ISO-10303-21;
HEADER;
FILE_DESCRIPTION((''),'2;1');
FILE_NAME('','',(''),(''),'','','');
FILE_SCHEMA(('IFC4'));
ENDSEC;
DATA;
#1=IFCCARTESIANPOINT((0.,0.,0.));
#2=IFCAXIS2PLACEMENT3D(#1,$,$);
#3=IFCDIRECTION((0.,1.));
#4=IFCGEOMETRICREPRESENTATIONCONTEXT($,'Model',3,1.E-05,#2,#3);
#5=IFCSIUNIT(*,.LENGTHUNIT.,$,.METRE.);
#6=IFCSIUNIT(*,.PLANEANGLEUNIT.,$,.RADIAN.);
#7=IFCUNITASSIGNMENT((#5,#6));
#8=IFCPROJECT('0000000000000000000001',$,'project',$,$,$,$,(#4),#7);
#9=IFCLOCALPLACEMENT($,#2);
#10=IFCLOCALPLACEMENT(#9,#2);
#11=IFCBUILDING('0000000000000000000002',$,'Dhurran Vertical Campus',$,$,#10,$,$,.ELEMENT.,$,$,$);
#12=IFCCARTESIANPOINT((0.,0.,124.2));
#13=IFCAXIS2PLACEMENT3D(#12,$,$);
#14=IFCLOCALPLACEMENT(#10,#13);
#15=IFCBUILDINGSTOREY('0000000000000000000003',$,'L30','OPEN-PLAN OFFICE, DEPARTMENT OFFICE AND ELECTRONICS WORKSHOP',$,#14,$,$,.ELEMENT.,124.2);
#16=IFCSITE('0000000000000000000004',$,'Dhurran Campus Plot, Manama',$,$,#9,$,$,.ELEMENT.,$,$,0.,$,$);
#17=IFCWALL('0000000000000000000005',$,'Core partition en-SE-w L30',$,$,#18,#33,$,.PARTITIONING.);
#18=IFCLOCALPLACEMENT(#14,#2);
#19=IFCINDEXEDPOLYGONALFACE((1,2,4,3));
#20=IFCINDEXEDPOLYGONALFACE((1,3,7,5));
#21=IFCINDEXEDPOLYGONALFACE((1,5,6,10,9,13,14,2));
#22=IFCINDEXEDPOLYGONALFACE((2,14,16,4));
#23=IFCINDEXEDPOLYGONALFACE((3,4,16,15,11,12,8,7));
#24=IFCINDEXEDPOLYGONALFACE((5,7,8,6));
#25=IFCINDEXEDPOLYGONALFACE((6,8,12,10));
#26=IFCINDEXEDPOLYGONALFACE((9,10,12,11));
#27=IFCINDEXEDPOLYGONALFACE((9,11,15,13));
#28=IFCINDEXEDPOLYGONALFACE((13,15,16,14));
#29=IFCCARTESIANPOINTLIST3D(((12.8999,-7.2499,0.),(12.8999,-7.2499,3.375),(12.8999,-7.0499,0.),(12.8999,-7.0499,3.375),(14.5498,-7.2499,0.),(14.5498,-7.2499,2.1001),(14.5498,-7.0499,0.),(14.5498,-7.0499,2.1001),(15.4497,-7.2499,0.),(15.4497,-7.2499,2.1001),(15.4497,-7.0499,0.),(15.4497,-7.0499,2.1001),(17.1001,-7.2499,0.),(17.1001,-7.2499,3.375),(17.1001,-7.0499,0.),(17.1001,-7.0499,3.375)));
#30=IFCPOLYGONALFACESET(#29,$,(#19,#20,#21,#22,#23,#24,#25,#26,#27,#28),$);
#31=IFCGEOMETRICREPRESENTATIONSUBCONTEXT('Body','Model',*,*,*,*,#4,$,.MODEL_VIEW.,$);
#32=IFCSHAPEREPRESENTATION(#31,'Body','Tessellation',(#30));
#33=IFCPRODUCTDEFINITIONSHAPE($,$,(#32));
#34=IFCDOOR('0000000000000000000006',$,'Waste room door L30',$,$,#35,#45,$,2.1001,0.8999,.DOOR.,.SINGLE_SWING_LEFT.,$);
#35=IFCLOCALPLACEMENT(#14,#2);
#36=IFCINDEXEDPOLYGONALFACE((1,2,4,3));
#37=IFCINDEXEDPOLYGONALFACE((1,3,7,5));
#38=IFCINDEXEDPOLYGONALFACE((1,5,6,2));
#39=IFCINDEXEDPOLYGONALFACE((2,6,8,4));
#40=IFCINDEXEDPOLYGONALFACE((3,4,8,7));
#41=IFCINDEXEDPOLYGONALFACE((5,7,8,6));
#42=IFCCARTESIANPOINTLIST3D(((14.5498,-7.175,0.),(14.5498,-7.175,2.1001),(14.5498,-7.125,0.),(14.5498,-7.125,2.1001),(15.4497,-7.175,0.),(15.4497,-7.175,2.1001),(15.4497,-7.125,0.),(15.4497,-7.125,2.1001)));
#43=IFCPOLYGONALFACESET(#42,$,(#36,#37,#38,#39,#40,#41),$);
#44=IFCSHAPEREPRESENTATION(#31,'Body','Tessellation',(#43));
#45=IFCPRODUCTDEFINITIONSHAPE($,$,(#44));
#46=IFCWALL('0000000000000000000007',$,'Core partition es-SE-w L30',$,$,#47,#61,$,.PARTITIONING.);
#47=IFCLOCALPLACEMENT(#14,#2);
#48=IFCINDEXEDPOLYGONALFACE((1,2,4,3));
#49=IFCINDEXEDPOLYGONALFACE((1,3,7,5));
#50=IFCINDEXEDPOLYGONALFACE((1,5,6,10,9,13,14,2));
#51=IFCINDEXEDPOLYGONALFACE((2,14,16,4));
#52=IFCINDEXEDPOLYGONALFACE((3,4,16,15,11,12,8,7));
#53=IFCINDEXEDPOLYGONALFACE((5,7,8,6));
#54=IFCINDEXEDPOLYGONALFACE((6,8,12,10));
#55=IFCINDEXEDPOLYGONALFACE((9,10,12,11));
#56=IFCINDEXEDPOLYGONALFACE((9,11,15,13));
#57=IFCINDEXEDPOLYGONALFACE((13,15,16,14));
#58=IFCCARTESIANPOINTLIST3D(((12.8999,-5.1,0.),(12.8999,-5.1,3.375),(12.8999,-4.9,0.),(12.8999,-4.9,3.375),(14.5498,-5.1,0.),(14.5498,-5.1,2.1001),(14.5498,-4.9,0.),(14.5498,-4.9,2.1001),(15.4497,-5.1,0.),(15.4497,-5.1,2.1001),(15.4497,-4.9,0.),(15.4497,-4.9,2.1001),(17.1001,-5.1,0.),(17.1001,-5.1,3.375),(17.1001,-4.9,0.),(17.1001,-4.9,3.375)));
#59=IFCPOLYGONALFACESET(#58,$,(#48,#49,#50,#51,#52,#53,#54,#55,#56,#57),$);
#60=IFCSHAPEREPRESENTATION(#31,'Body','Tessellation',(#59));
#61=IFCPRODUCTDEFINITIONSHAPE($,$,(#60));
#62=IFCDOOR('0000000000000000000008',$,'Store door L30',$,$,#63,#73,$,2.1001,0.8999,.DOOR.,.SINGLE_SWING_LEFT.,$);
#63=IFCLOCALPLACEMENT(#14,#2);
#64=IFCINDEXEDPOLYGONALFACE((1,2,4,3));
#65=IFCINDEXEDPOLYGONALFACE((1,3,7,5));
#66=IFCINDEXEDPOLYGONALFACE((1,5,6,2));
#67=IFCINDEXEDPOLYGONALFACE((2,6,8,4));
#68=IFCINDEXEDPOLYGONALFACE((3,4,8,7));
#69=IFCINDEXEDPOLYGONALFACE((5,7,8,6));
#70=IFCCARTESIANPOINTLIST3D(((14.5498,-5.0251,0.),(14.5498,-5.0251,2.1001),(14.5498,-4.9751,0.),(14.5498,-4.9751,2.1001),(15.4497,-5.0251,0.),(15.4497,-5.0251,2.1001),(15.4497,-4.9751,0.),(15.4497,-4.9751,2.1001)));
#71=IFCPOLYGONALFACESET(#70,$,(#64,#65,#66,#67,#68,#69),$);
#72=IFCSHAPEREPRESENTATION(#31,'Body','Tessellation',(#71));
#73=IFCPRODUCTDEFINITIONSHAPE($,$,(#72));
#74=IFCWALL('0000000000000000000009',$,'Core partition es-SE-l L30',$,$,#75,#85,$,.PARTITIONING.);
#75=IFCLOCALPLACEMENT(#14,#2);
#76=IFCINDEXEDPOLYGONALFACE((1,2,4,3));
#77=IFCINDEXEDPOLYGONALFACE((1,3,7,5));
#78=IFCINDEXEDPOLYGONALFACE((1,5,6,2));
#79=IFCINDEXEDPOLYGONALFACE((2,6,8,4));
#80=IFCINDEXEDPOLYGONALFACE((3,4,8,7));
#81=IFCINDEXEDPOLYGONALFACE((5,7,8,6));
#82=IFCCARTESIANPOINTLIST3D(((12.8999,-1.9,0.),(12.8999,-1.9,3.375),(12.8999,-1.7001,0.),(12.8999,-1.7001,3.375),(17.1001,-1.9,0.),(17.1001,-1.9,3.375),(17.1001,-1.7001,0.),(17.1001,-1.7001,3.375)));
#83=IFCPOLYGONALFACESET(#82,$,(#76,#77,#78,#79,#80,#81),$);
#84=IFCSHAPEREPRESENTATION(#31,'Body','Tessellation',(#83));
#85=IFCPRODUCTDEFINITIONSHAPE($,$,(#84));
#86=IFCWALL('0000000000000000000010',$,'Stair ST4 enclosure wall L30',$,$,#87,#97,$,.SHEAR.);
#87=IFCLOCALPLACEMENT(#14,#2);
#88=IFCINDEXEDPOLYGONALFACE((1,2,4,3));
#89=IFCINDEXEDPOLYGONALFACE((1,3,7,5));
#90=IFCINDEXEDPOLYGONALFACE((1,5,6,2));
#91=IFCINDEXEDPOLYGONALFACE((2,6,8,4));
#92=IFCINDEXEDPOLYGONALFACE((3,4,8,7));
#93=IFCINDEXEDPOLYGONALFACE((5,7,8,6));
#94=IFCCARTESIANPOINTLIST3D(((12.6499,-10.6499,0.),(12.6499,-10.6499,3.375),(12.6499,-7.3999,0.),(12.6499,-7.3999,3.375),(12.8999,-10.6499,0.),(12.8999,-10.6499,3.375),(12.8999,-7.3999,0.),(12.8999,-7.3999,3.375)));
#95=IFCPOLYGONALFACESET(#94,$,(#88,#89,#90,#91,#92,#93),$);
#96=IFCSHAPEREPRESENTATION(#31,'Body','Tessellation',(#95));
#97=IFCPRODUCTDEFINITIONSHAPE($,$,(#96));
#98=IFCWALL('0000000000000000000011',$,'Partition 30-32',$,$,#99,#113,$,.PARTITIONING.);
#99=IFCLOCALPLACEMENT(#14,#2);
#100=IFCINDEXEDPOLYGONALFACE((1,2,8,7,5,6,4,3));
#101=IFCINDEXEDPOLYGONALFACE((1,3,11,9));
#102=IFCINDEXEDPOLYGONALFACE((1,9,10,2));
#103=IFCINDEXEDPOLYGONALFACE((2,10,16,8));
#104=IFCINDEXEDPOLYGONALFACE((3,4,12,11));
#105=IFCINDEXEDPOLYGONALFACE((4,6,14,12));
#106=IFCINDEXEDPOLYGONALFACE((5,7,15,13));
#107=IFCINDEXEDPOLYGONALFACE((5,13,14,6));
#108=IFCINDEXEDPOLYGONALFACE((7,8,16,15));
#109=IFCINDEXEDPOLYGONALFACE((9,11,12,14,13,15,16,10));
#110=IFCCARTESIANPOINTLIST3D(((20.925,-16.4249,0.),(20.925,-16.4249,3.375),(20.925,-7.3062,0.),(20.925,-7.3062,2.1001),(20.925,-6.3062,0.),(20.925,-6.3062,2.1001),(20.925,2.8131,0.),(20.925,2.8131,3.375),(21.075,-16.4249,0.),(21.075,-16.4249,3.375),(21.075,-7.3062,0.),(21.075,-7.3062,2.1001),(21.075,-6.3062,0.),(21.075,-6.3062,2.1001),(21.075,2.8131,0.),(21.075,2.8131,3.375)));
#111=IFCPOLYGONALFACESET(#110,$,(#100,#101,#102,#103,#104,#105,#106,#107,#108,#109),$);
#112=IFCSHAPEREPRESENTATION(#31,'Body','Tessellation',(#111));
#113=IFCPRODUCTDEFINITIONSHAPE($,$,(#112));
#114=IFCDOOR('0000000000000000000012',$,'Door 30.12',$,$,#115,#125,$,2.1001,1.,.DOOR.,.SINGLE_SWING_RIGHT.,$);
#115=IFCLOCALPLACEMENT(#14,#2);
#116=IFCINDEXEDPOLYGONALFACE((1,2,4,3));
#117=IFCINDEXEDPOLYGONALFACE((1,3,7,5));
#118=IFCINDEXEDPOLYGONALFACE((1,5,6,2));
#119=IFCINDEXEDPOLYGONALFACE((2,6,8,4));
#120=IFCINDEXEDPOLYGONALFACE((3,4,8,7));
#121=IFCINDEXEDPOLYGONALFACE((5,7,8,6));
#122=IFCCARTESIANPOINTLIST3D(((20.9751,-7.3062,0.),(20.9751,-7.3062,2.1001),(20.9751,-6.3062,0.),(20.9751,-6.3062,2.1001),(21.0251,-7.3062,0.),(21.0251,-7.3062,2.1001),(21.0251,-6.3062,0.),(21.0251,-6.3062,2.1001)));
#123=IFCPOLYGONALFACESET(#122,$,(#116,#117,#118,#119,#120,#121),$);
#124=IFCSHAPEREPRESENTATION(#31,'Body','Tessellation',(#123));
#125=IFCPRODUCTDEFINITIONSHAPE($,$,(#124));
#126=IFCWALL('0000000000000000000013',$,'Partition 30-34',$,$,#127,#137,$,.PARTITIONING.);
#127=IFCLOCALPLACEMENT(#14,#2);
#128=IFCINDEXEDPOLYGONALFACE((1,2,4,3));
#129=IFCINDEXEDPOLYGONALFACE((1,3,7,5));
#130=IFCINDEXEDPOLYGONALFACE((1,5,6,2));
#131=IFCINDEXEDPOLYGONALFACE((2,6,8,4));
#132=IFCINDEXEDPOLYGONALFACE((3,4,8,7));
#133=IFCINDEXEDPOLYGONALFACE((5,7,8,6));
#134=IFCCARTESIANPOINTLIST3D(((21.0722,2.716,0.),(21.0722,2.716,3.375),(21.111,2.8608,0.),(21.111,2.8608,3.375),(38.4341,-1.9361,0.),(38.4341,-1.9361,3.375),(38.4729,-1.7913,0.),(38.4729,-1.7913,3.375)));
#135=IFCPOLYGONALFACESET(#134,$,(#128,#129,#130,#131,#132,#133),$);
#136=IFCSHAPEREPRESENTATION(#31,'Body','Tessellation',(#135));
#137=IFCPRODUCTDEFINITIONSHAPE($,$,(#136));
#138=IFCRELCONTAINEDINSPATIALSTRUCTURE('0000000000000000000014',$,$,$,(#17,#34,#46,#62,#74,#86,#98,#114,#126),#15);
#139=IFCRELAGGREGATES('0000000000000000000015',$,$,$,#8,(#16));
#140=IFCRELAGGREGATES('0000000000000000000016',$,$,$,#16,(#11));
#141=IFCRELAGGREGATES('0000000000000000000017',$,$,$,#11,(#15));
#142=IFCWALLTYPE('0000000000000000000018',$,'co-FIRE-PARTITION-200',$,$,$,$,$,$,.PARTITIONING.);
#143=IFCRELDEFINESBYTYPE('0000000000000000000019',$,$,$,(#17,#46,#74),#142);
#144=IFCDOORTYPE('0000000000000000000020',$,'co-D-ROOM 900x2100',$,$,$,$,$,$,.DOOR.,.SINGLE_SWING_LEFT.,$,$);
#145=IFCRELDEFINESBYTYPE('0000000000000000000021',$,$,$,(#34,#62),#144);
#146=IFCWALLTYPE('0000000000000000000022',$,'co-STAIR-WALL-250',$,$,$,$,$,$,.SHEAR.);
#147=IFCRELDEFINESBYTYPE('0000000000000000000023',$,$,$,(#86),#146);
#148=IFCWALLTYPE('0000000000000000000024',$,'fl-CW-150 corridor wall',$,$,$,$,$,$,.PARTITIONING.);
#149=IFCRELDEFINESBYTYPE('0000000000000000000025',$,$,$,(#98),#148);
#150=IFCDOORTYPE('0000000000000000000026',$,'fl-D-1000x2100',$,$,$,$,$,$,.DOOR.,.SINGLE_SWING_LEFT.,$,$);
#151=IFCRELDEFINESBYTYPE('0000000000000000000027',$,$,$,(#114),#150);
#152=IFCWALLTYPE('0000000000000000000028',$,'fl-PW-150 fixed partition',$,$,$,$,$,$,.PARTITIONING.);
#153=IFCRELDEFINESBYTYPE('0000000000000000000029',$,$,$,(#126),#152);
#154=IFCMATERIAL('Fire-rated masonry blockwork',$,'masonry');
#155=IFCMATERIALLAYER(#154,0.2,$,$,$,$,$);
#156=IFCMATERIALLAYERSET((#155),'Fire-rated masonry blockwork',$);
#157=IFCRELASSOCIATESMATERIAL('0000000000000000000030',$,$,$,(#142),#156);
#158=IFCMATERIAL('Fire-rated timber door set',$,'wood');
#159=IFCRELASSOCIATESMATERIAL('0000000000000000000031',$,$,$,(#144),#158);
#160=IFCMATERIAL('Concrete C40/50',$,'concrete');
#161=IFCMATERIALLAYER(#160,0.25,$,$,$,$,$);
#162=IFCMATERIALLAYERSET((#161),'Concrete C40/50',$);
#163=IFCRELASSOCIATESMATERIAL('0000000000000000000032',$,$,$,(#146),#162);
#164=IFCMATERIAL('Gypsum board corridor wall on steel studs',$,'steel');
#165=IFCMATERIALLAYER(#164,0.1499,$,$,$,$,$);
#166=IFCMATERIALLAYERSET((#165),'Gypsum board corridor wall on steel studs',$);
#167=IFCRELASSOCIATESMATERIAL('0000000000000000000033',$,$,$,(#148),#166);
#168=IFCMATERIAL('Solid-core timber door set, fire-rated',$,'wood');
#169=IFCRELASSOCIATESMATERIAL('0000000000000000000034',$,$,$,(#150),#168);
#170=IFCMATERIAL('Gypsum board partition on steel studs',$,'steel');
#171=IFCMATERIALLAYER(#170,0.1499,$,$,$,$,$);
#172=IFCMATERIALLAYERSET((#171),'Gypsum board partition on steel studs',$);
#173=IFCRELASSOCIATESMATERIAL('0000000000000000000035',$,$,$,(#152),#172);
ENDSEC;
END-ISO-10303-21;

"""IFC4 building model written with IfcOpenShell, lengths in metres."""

from ifc_helpers import new_model, si_unit, direction, frame, frame_2d, origin, place, context, subcontext, project, spatial, rectangle, extrude, material, layer, layer_set, type_object, element, fill, save


model = new_model("IFC4")

# Units and contexts
model_context = context("Model", 3, precision=1e-05, world=origin(), true_north=direction((0.0, 1.0)))
body_context = subcontext(model_context, "Body", "Model", "MODEL_VIEW")
ifc_project = project(units=[si_unit("LENGTHUNIT", "METRE"), si_unit("PLANEANGLEUNIT", "RADIAN")], contexts=[model_context])

# Site, building, storey
site_placement = place(None, origin())
site = spatial("IfcSite", under=ifc_project, at=site_placement, Name="Dhurran Campus Plot, Manama", CompositionType="ELEMENT", RefElevation=0.0)
building_placement = place(site_placement, origin())
building = spatial("IfcBuilding", under=site, at=building_placement, Name="Dhurran Vertical Campus", CompositionType="ELEMENT")
storey_placement = place(building_placement, frame((0.0, 0.0, 124.2)))
storey = spatial("IfcBuildingStorey", under=building, at=storey_placement, Name="L30", Description="OPEN-PLAN OFFICE, DEPARTMENT OFFICE AND ELECTRONICS WORKSHOP", CompositionType="ELEMENT", Elevation=124.2)

# Shared definitions
ifc_material_1 = material(Name="Fire-rated masonry blockwork", Category="masonry")
ifc_layer_1 = layer(ifc_material_1, 0.2)
ifc_layer_set_1 = layer_set([ifc_layer_1], Name="Fire-rated masonry blockwork")
wall_type_1 = type_object("IfcWallType", Name="co-FIRE-PARTITION-200", PredefinedType="PARTITIONING", material=ifc_layer_set_1)

# Walls, openings, doors
wall_1_placement = place(storey_placement, frame((12.8999, -7.1499, 0.0), z_axis=(0.0, 0.0, 1.0), x_axis=(1.0, 0.0, 0.0)))
wall_1 = element("IfcWall", 1, at=wall_1_placement, inside=storey, type_object=wall_type_1, Name="Core partition en-SE-w L30", PredefinedType="PARTITIONING", context=body_context, shape_type="SweptSolid", body=[
    extrude(rectangle(XDim=4.2002, YDim=0.2, at=frame_2d((2.1001, 0.0))), origin(), (0.0, 0.0, 1.0), 3.375),
])
opening_1_placement = place(wall_1_placement, frame((1.6499, 0.0, 0.0)))
opening_1 = element("IfcOpeningElement", 2, at=opening_1_placement, cuts=wall_1, PredefinedType="OPENING", context=body_context, shape_type="SweptSolid", body=[
    extrude(rectangle(XDim=0.8999, YDim=2.1001, at=frame_2d((0.45, 1.05))), frame((0.0, 0.1099, 0.0), z_axis=(0.0, -1.0, 0.0), x_axis=(1.0, 0.0, 0.0)), (0.0, 0.0, 1.0), 0.22),
])
ifc_material_2 = material(Name="Fire-rated timber door set", Category="wood")
door_type_1 = type_object("IfcDoorType", Name="co-D-ROOM 900x2100", OperationType="SINGLE_SWING_LEFT", PredefinedType="DOOR", material=ifc_material_2)
door_1_placement = place(opening_1_placement, origin())
door_1 = element("IfcDoor", 3, at=door_1_placement, inside=storey, type_object=door_type_1, Name="Waste room door L30", OperationType="SINGLE_SWING_LEFT", OverallHeight=2.1001, OverallWidth=0.8999, PredefinedType="DOOR", context=body_context, shape_type="SweptSolid", body=[
    extrude(rectangle(XDim=0.8999, YDim=2.1001, at=frame_2d((0.45, 1.05))), frame((0.0, 0.0249, 0.0), z_axis=(0.0, -1.0, 0.0), x_axis=(1.0, 0.0, 0.0)), (0.0, 0.0, 1.0), 0.05),
])
fill(opening_1, door_1)
wall_2_placement = place(storey_placement, frame((12.8999, -5.0, 0.0), z_axis=(0.0, 0.0, 1.0), x_axis=(1.0, 0.0, 0.0)))
wall_2 = element("IfcWall", 4, at=wall_2_placement, inside=storey, type_object=wall_type_1, Name="Core partition es-SE-w L30", PredefinedType="PARTITIONING", context=body_context, shape_type="SweptSolid", body=[
    extrude(rectangle(XDim=4.2002, YDim=0.2, at=frame_2d((2.1001, 0.0))), origin(), (0.0, 0.0, 1.0), 3.375),
])
opening_2_placement = place(wall_2_placement, frame((1.6499, 0.0, 0.0)))
opening_2 = element("IfcOpeningElement", 5, at=opening_2_placement, cuts=wall_2, PredefinedType="OPENING", context=body_context, shape_type="SweptSolid", body=[
    extrude(rectangle(XDim=0.8999, YDim=2.1001, at=frame_2d((0.45, 1.05))), frame((0.0, 0.1099, 0.0), z_axis=(0.0, -1.0, 0.0), x_axis=(1.0, 0.0, 0.0)), (0.0, 0.0, 1.0), 0.22),
])
door_2_placement = place(opening_2_placement, origin())
door_2 = element("IfcDoor", 6, at=door_2_placement, inside=storey, type_object=door_type_1, Name="Store door L30", OperationType="SINGLE_SWING_LEFT", OverallHeight=2.1001, OverallWidth=0.8999, PredefinedType="DOOR", context=body_context, shape_type="SweptSolid", body=[
    extrude(rectangle(XDim=0.8999, YDim=2.1001, at=frame_2d((0.45, 1.05))), frame((0.0, 0.0249, 0.0), z_axis=(0.0, -1.0, 0.0), x_axis=(1.0, 0.0, 0.0)), (0.0, 0.0, 1.0), 0.05),
])
fill(opening_2, door_2)

# Walls
wall_3_placement = place(storey_placement, frame((12.8999, -1.8, 0.0), z_axis=(0.0, 0.0, 1.0), x_axis=(1.0, 0.0, 0.0)))
element("IfcWall", 7, at=wall_3_placement, inside=storey, type_object=wall_type_1, Name="Core partition es-SE-l L30", PredefinedType="PARTITIONING", context=body_context, shape_type="SweptSolid", body=[
    extrude(rectangle(XDim=4.2002, YDim=0.2, at=frame_2d((2.1001, 0.0))), origin(), (0.0, 0.0, 1.0), 3.375),
])
ifc_material_3 = material(Name="Concrete C40/50", Category="concrete")
ifc_layer_2 = layer(ifc_material_3, 0.25)
ifc_layer_set_2 = layer_set([ifc_layer_2], Name="Concrete C40/50")
wall_type_2 = type_object("IfcWallType", Name="co-STAIR-WALL-250", PredefinedType="SHEAR", material=ifc_layer_set_2)
wall_4_placement = place(storey_placement, frame((12.7749, -10.6499, 0.0), z_axis=(0.0, 0.0, 1.0), x_axis=(0.0, 1.0, 0.0)))
element("IfcWall", 8, at=wall_4_placement, inside=storey, type_object=wall_type_2, Name="Stair ST4 enclosure wall L30", PredefinedType="SHEAR", context=body_context, shape_type="SweptSolid", body=[
    extrude(rectangle(XDim=3.25, YDim=0.25, at=frame_2d((1.625, 0.0))), origin(), (0.0, 0.0, 1.0), 3.375),
])

# Wall, opening, door
ifc_material_4 = material(Name="Gypsum board corridor wall on steel studs", Category="steel")
ifc_layer_3 = layer(ifc_material_4, 0.1499)
ifc_layer_set_3 = layer_set([ifc_layer_3], Name="Gypsum board corridor wall on steel studs")
wall_type_3 = type_object("IfcWallType", Name="fl-CW-150 corridor wall", PredefinedType="PARTITIONING", material=ifc_layer_set_3)
wall_5_placement = place(storey_placement, frame((21.0, -16.425, 0.0), z_axis=(0.0, 0.0, 1.0), x_axis=(0.0, 1.0, 0.0)))
wall_5 = element("IfcWall", 9, at=wall_5_placement, inside=storey, type_object=wall_type_3, Name="Partition 30-32", PredefinedType="PARTITIONING", context=body_context, shape_type="SweptSolid", body=[
    extrude(rectangle(XDim=19.238, YDim=0.1499, at=frame_2d((9.6191, 0.0))), origin(), (0.0, 0.0, 1.0), 3.375),
])
opening_3_placement = place(wall_5_placement, frame((9.1189, 0.0, 0.0)))
opening_3 = element("IfcOpeningElement", 10, at=opening_3_placement, cuts=wall_5, PredefinedType="OPENING", context=body_context, shape_type="SweptSolid", body=[
    extrude(rectangle(XDim=1.0, YDim=2.1001, at=frame_2d((0.5, 1.05))), frame((0.0, 0.085, 0.0), z_axis=(0.0, -1.0, 0.0), x_axis=(1.0, 0.0, 0.0)), (0.0, 0.0, 1.0), 0.1699),
])
ifc_material_5 = material(Name="Solid-core timber door set, fire-rated", Category="wood")
door_type_2 = type_object("IfcDoorType", Name="fl-D-1000x2100", OperationType="SINGLE_SWING_LEFT", PredefinedType="DOOR", material=ifc_material_5)
door_3_placement = place(opening_3_placement, origin())
door_3 = element("IfcDoor", 11, at=door_3_placement, inside=storey, type_object=door_type_2, Name="Door 30.12", OperationType="SINGLE_SWING_RIGHT", OverallHeight=2.1001, OverallWidth=1.0, PredefinedType="DOOR", context=body_context, shape_type="SweptSolid", body=[
    extrude(rectangle(XDim=1.0, YDim=2.1001, at=frame_2d((0.5, 1.05))), frame((0.0, 0.0249, 0.0), z_axis=(0.0, -1.0, 0.0), x_axis=(1.0, 0.0, 0.0)), (0.0, 0.0, 1.0), 0.05),
])
fill(opening_3, door_3)

# Wall
ifc_material_6 = material(Name="Gypsum board partition on steel studs", Category="steel")
ifc_layer_4 = layer(ifc_material_6, 0.1499)
ifc_layer_set_4 = layer_set([ifc_layer_4], Name="Gypsum board partition on steel studs")
wall_type_4 = type_object("IfcWallType", Name="fl-PW-150 fixed partition", PredefinedType="PARTITIONING", material=ifc_layer_set_4)
wall_6_placement = place(storey_placement, frame((38.4536, -1.8638, 0.0), z_axis=(0.0, 0.0, 1.0), x_axis=(-0.965926, 0.25882, 0.0)))
element("IfcWall", 12, at=wall_6_placement, inside=storey, type_object=wall_type_4, Name="Partition 30-34", PredefinedType="PARTITIONING", context=body_context, shape_type="SweptSolid", body=[
    extrude(rectangle(XDim=17.9744, YDim=0.1499, at=frame_2d((8.9873, 0.0))), origin(), (0.0, 0.0, 1.0), 3.375),
])

save(model, "model.ifc")
